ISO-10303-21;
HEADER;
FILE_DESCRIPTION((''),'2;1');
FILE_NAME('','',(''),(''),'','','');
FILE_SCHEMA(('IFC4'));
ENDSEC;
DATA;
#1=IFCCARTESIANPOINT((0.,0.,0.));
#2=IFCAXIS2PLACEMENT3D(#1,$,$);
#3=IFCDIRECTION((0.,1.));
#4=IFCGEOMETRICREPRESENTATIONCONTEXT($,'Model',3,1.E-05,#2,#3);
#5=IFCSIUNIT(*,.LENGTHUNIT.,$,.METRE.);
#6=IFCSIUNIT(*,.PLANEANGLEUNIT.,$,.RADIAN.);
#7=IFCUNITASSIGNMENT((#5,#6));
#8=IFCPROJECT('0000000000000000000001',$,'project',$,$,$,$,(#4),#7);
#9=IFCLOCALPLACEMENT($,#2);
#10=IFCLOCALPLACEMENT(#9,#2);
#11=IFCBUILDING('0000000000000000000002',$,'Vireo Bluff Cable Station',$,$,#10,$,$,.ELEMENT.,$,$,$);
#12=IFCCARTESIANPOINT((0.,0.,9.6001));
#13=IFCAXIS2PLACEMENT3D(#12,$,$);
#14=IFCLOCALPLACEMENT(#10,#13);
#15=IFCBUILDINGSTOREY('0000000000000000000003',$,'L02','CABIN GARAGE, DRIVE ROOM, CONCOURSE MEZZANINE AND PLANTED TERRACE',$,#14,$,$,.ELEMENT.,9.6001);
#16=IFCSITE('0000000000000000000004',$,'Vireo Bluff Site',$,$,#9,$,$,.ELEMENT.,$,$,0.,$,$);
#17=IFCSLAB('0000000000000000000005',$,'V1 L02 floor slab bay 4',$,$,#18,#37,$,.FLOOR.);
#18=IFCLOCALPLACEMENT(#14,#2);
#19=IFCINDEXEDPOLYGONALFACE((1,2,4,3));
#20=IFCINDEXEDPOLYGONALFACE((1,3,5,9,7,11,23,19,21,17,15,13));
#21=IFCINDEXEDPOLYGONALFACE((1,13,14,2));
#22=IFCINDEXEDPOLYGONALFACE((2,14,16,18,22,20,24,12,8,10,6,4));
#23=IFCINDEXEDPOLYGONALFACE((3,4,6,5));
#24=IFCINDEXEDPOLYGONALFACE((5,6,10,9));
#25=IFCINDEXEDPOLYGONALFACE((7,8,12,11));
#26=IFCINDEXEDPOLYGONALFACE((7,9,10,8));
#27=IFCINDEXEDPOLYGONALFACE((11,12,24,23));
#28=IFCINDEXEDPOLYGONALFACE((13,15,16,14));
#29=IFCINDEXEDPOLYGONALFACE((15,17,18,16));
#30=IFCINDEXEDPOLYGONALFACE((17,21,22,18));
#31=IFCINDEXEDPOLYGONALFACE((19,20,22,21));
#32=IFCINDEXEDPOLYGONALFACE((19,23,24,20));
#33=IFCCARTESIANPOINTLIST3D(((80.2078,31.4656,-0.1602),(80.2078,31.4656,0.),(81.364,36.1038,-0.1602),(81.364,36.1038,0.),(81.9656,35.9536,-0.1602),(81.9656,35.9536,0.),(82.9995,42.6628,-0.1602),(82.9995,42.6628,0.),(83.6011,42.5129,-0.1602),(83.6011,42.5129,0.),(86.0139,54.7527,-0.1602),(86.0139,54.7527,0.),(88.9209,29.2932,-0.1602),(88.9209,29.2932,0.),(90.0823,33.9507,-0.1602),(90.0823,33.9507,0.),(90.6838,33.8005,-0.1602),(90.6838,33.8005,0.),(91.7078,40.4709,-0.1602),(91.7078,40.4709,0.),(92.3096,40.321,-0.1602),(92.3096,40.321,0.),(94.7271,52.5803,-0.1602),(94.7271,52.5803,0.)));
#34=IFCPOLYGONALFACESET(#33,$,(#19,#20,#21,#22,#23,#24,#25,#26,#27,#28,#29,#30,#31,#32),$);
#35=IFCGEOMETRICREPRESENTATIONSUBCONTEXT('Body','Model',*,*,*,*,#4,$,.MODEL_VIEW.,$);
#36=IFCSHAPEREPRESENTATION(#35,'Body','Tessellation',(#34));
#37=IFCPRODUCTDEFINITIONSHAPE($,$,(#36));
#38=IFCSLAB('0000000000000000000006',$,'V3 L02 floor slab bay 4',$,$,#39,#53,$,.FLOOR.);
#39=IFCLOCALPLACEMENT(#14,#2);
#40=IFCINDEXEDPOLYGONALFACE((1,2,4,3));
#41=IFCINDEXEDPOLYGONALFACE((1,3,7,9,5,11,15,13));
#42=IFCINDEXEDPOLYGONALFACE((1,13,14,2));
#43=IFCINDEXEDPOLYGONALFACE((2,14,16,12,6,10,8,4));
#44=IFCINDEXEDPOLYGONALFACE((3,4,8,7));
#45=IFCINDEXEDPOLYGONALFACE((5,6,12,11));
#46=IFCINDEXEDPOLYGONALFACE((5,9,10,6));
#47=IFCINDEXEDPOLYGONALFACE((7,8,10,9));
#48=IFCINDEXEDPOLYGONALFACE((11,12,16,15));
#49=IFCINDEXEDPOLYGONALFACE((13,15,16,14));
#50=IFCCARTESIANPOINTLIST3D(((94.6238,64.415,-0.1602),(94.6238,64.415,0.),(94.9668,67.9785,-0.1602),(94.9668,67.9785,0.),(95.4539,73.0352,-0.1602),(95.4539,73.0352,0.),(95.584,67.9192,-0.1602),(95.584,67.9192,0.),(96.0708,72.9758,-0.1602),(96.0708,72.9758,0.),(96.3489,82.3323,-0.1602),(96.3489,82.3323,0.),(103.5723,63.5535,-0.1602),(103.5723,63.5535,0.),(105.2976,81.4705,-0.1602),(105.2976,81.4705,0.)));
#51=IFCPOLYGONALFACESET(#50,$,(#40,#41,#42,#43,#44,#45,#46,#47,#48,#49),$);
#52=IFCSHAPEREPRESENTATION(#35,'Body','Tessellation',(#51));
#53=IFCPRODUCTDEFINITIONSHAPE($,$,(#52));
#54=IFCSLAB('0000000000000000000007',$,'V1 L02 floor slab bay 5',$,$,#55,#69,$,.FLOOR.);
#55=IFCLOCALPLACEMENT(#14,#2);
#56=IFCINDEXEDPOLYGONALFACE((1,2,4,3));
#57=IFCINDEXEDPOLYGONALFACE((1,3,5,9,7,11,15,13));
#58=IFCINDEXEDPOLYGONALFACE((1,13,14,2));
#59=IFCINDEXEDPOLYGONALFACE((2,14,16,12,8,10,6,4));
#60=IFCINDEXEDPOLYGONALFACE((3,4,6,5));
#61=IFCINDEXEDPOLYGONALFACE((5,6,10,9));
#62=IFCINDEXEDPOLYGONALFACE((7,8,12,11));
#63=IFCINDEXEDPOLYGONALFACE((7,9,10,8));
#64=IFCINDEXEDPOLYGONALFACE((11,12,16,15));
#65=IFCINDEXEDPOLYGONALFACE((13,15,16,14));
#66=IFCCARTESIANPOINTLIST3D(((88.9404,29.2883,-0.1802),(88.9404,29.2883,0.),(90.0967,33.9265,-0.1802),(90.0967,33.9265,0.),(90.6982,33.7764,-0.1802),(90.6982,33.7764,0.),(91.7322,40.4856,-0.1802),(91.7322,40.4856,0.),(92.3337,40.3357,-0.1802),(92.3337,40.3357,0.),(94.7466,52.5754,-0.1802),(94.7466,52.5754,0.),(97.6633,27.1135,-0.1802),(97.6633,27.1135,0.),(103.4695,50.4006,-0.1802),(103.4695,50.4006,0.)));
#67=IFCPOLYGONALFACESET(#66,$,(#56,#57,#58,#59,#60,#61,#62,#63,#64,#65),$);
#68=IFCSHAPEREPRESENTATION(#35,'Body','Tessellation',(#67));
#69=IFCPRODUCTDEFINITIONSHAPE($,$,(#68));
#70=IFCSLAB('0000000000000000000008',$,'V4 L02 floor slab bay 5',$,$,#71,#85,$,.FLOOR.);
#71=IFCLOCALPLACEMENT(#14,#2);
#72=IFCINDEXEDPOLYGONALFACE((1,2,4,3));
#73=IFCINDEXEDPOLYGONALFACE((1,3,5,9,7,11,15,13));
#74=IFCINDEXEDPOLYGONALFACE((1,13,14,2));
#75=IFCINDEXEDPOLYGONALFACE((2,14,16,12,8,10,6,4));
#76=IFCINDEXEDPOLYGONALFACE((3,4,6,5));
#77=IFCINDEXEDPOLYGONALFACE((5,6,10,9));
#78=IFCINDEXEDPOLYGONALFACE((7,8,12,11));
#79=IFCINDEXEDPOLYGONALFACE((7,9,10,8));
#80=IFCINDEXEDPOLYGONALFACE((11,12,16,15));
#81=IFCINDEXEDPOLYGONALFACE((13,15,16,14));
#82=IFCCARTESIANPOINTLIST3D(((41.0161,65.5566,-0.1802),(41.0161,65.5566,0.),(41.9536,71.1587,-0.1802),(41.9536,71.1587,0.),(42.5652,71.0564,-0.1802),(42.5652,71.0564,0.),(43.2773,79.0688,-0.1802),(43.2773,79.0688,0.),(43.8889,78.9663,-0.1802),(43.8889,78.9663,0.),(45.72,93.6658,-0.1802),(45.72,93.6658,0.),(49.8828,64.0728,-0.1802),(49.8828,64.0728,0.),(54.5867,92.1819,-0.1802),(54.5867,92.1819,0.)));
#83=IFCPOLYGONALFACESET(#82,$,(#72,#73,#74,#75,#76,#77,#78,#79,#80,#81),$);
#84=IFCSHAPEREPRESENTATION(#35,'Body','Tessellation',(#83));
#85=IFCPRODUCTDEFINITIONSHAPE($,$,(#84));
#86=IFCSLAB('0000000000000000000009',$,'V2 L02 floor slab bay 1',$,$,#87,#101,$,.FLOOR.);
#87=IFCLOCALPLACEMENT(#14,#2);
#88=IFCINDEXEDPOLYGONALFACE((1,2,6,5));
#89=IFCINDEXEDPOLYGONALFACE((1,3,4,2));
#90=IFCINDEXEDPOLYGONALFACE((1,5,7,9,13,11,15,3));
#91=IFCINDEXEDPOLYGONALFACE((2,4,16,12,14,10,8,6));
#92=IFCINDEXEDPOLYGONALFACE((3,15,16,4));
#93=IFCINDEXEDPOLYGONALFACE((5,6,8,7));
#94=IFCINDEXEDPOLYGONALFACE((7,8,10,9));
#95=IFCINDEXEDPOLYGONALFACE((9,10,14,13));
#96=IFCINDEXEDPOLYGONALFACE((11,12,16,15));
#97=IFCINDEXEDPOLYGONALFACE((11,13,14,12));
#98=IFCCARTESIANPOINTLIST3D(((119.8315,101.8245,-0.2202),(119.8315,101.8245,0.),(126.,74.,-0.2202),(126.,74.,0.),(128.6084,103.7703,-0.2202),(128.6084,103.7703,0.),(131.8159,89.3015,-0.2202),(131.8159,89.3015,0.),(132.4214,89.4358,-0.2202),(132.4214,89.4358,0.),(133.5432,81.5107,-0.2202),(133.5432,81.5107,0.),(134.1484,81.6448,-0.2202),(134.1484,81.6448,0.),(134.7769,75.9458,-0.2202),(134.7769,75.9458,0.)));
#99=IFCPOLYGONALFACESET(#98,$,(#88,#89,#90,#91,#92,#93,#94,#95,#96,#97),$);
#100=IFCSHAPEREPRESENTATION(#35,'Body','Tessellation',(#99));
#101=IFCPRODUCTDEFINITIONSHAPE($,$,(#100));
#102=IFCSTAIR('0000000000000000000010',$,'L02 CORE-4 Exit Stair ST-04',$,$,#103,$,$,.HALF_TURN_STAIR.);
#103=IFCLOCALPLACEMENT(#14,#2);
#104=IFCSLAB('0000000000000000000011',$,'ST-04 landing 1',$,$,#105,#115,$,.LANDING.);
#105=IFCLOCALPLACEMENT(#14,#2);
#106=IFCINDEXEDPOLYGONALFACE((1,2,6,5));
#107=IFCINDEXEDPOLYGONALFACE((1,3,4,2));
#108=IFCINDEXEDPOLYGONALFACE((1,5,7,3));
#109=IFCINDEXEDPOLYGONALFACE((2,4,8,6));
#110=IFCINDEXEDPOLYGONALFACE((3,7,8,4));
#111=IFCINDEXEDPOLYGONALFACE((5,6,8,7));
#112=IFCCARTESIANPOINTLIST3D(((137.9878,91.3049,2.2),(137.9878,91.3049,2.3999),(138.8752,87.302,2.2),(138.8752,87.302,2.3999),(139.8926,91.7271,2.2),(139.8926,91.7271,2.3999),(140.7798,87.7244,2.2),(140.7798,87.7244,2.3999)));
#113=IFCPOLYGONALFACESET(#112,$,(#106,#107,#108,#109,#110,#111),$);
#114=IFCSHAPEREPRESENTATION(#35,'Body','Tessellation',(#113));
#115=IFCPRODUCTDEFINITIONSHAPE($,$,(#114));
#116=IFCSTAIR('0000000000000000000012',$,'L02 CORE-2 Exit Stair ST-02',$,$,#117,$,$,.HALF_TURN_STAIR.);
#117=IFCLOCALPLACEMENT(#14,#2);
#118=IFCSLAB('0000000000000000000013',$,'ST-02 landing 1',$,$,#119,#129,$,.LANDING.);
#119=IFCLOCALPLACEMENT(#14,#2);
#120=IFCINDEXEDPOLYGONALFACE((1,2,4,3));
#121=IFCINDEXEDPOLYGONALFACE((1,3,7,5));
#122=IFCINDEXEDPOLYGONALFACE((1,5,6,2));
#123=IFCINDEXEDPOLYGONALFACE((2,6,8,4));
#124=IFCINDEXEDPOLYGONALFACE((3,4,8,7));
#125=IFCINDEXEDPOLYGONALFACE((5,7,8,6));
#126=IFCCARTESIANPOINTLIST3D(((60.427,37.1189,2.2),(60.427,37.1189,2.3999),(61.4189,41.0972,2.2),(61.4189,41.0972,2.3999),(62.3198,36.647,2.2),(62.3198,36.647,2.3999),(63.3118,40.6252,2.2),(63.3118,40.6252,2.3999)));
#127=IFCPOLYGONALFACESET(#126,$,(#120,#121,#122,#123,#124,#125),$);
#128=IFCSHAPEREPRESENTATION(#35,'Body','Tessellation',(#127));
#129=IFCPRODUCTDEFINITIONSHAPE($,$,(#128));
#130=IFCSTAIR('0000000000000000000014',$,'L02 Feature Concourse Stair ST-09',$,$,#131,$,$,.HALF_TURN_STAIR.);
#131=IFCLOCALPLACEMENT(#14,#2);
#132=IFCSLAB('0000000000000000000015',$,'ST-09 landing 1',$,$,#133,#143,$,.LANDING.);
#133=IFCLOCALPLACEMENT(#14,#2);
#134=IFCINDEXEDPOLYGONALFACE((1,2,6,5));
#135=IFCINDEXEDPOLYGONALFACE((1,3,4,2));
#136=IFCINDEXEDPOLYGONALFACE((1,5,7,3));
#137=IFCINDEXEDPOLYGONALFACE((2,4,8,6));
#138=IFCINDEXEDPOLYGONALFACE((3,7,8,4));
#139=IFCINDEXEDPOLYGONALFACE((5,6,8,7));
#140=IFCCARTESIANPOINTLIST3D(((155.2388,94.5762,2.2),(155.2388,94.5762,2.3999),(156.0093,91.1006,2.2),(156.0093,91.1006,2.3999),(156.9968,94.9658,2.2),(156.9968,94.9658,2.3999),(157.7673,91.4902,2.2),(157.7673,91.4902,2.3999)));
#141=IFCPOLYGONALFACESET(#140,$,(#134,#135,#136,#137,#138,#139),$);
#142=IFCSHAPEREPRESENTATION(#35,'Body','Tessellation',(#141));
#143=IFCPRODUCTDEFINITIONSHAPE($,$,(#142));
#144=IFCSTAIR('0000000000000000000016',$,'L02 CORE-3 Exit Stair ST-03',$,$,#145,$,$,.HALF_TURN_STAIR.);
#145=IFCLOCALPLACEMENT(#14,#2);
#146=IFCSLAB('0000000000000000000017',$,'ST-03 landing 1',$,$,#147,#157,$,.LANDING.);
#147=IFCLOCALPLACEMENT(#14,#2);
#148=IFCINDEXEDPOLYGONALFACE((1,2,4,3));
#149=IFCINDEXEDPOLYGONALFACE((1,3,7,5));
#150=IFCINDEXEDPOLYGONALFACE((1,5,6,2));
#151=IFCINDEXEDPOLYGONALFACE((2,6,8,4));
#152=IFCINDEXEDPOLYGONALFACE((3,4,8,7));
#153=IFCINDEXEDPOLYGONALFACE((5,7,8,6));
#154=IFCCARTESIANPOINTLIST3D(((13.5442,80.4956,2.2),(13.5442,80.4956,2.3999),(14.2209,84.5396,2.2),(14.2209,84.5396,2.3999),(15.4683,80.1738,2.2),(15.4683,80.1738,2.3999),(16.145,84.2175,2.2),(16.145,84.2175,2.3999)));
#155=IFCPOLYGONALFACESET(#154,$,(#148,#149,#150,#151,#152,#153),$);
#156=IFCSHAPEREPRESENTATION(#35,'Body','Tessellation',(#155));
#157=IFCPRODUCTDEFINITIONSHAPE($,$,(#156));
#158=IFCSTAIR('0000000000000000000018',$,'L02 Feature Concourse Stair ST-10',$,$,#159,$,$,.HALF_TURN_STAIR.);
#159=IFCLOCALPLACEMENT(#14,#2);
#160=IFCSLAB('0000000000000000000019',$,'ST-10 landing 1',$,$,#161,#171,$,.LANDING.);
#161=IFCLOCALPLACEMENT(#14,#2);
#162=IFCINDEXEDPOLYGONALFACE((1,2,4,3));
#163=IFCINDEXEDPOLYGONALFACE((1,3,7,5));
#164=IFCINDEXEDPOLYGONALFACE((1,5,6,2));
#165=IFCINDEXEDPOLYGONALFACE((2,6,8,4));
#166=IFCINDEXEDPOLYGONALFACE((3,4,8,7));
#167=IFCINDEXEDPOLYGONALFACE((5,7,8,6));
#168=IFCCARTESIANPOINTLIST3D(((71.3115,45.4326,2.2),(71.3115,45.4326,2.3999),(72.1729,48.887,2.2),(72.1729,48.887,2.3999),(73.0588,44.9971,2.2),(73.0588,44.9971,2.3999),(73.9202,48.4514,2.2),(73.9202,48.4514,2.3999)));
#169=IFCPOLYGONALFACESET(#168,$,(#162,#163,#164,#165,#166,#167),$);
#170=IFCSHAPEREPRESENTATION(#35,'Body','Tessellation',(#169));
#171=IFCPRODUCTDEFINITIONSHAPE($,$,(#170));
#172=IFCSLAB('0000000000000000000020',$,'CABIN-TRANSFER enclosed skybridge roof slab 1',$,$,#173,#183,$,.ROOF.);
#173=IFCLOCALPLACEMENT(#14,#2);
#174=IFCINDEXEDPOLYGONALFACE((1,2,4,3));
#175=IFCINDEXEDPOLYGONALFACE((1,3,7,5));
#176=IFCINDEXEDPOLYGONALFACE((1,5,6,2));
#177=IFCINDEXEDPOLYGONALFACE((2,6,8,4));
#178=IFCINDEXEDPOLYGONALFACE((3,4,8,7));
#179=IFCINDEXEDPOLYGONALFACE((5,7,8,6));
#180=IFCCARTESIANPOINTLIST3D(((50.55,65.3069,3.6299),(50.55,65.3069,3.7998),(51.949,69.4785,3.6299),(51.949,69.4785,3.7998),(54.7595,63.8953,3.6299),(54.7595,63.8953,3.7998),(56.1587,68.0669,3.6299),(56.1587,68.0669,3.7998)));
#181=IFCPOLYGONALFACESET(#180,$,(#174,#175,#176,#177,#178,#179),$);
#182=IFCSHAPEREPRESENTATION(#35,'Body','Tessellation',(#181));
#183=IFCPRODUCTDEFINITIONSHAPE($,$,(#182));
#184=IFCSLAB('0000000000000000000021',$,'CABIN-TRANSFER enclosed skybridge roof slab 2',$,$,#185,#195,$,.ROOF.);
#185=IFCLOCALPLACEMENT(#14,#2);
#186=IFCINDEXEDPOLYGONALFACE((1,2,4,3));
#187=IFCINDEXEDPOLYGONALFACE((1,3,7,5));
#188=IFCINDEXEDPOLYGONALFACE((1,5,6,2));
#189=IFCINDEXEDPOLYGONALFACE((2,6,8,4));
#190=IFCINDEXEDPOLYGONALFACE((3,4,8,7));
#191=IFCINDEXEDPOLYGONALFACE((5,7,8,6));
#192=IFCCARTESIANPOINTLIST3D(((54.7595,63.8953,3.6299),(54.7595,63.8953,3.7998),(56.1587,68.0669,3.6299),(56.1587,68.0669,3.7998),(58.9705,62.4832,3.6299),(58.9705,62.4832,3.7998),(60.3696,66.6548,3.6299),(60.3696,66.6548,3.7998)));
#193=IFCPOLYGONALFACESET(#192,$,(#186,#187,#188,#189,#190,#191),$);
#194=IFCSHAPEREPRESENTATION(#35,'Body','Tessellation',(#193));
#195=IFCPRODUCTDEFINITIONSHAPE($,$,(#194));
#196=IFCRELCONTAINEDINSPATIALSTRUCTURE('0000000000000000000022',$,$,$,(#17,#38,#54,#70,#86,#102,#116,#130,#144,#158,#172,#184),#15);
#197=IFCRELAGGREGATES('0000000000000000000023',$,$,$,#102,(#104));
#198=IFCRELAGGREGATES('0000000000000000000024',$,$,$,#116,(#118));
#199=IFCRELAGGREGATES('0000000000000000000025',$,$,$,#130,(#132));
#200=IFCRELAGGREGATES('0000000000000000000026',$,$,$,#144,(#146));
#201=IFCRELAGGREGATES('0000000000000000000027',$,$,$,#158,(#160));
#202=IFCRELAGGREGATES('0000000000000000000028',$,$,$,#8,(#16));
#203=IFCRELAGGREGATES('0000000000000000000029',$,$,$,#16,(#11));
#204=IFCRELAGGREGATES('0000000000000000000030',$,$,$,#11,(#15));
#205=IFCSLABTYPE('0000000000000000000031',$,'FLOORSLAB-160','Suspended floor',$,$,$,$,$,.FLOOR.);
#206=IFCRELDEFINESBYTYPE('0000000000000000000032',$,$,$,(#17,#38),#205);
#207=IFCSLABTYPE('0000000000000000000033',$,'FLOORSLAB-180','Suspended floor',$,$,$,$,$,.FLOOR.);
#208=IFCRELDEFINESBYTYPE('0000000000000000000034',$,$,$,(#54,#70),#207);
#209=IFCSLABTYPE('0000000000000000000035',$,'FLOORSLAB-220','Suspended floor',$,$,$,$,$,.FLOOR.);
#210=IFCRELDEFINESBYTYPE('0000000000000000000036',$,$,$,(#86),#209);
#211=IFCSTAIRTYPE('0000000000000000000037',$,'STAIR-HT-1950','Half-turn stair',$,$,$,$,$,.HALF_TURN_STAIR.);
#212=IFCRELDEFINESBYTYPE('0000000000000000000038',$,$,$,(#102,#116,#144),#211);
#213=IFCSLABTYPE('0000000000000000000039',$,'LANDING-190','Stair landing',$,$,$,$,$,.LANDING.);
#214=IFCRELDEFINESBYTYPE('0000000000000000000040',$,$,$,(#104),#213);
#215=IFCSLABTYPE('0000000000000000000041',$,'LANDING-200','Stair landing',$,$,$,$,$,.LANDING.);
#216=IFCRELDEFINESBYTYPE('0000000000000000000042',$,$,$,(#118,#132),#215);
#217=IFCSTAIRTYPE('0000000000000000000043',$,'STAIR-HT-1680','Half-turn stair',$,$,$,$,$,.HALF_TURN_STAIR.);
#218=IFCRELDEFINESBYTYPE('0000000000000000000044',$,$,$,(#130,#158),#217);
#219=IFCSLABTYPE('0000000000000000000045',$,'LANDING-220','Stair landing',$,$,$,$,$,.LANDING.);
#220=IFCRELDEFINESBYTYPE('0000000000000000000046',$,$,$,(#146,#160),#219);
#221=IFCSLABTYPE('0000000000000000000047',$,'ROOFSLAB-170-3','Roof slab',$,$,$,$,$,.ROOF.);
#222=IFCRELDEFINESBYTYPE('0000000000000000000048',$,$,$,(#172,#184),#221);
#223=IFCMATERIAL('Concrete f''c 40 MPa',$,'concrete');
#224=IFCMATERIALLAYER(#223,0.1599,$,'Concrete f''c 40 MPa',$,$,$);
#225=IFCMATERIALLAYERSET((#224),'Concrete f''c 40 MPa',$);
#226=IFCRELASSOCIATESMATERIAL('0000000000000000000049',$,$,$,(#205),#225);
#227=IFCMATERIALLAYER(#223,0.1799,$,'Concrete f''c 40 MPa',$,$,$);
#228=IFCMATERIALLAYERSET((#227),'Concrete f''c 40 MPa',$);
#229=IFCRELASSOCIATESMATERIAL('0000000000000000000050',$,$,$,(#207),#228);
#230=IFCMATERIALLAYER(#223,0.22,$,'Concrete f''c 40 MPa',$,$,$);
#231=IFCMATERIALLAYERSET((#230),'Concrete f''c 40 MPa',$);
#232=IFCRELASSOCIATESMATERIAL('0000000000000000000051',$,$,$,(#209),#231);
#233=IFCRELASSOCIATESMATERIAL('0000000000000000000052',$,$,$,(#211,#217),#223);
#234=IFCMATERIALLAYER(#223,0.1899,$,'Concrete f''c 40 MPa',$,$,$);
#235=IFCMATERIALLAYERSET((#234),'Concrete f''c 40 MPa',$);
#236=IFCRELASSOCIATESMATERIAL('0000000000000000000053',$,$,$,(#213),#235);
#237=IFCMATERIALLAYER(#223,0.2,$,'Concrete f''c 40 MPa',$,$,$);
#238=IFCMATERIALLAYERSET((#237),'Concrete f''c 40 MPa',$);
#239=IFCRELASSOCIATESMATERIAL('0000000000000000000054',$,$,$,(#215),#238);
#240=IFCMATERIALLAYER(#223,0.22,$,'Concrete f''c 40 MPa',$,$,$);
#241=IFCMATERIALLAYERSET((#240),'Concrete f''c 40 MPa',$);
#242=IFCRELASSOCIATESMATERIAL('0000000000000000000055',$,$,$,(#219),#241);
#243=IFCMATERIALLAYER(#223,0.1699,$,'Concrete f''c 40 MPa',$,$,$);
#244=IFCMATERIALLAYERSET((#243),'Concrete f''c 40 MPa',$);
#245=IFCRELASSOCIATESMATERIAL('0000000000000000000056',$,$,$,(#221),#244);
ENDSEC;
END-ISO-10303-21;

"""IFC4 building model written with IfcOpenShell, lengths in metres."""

from ifc_helpers import new_model, si_unit, direction, frame, origin, place, context, subcontext, project, spatial, polyline, outline, extrude, material, layer, layer_set, type_object, element, aggregate, save


model = new_model("IFC4")

# Units and contexts
model_context = context("Model", 3, precision=1e-05, world=origin(), true_north=direction((0.0, 1.0)))
body_context = subcontext(model_context, "Body", "Model", "MODEL_VIEW")
ifc_project = project(units=[si_unit("LENGTHUNIT", "METRE"), si_unit("PLANEANGLEUNIT", "RADIAN")], contexts=[model_context])

# Site, building, storey
site_placement = place(None, origin())
site = spatial("IfcSite", under=ifc_project, at=site_placement, Name="Vireo Bluff Site", CompositionType="ELEMENT", RefElevation=0.0)
building_placement = place(site_placement, origin())
building = spatial("IfcBuilding", under=site, at=building_placement, Name="Vireo Bluff Cable Station", CompositionType="ELEMENT")
storey_placement = place(building_placement, frame((0.0, 0.0, 9.6001)))
storey = spatial("IfcBuildingStorey", under=building, at=storey_placement, Name="L02", Description="CABIN GARAGE, DRIVE ROOM, CONCOURSE MEZZANINE AND PLANTED TERRACE", CompositionType="ELEMENT", Elevation=9.6001)

# Slabs
ifc_material_1 = material(Name="Concrete f'c 40 MPa", Category="concrete")
ifc_layer_1 = layer(ifc_material_1, 0.1599, Name="Concrete f'c 40 MPa")
ifc_layer_set_1 = layer_set([ifc_layer_1], Name="Concrete f'c 40 MPa")
slab_type_1 = type_object("IfcSlabType", Name="FLOORSLAB-160", Description="Suspended floor", PredefinedType="FLOOR", material=ifc_layer_set_1)
slab_1_placement = place(storey_placement, frame((0.0, 0.0, -0.1602)))
element("IfcSlab", 1, at=slab_1_placement, inside=storey, type_object=slab_type_1, Name="V1 L02 floor slab bay 4", PredefinedType="FLOOR", context=body_context, shape_type="SweptSolid", body=[
    extrude(outline(polyline([(80.2078, 31.4656), (88.9209, 29.2932), (90.0823, 33.9507), (90.6838, 33.8005), (92.3096, 40.321), (91.7078, 40.4709), (94.7271, 52.5803), (86.0139, 54.7527), (82.9995, 42.6628), (83.6011, 42.5129), (81.9656, 35.9536), (81.364, 36.1038), (80.2078, 31.4656)])), origin(), (0.0, 0.0, 1.0), 0.1602),
])
slab_2_placement = place(storey_placement, frame((0.0, 0.0, -0.1602)))
element("IfcSlab", 2, at=slab_2_placement, inside=storey, type_object=slab_type_1, Name="V3 L02 floor slab bay 4", PredefinedType="FLOOR", context=body_context, shape_type="SweptSolid", body=[
    extrude(outline(polyline([(94.6238, 64.415), (103.5723, 63.5535), (105.2976, 81.4705), (96.3489, 82.3323), (95.4539, 73.0352), (96.0708, 72.9758), (95.584, 67.9192), (94.9668, 67.9785), (94.6238, 64.415)])), origin(), (0.0, 0.0, 1.0), 0.1602),
])
ifc_layer_2 = layer(ifc_material_1, 0.1799, Name="Concrete f'c 40 MPa")
ifc_layer_set_2 = layer_set([ifc_layer_2], Name="Concrete f'c 40 MPa")
slab_type_2 = type_object("IfcSlabType", Name="FLOORSLAB-180", Description="Suspended floor", PredefinedType="FLOOR", material=ifc_layer_set_2)
slab_3_placement = place(storey_placement, frame((0.0, 0.0, -0.1802)))
element("IfcSlab", 3, at=slab_3_placement, inside=storey, type_object=slab_type_2, Name="V1 L02 floor slab bay 5", PredefinedType="FLOOR", context=body_context, shape_type="SweptSolid", body=[
    extrude(outline(polyline([(88.9404, 29.2883), (97.6633, 27.1135), (103.4695, 50.4006), (94.7466, 52.5754), (91.7322, 40.4856), (92.3337, 40.3357), (90.6982, 33.7764), (90.0967, 33.9265), (88.9404, 29.2883)])), origin(), (0.0, 0.0, 1.0), 0.1802),
])
slab_4_placement = place(storey_placement, frame((0.0, 0.0, -0.1802)))
element("IfcSlab", 4, at=slab_4_placement, inside=storey, type_object=slab_type_2, Name="V4 L02 floor slab bay 5", PredefinedType="FLOOR", context=body_context, shape_type="SweptSolid", body=[
    extrude(outline(polyline([(41.0161, 65.5566), (49.8828, 64.0728), (54.5867, 92.1819), (45.72, 93.6658), (43.2773, 79.0688), (43.8889, 78.9663), (42.5652, 71.0564), (41.9536, 71.1587), (41.0161, 65.5566)])), origin(), (0.0, 0.0, 1.0), 0.1802),
])
ifc_layer_3 = layer(ifc_material_1, 0.22, Name="Concrete f'c 40 MPa")
ifc_layer_set_3 = layer_set([ifc_layer_3], Name="Concrete f'c 40 MPa")
slab_type_3 = type_object("IfcSlabType", Name="FLOORSLAB-220", Description="Suspended floor", PredefinedType="FLOOR", material=ifc_layer_set_3)
slab_5_placement = place(storey_placement, frame((0.0, 0.0, -0.2202)))
element("IfcSlab", 5, at=slab_5_placement, inside=storey, type_object=slab_type_3, Name="V2 L02 floor slab bay 1", PredefinedType="FLOOR", context=body_context, shape_type="SweptSolid", body=[
    extrude(outline(polyline([(126.0, 74.0), (134.7769, 75.9458), (133.5432, 81.5107), (134.1484, 81.6448), (132.4214, 89.4358), (131.8159, 89.3015), (128.6084, 103.7703), (119.8315, 101.8245), (126.0, 74.0)])), origin(), (0.0, 0.0, 1.0), 0.2202),
])

# Stairs, slabs
stair_type_1 = type_object("IfcStairType", Name="STAIR-HT-1950", Description="Half-turn stair", PredefinedType="HALF_TURN_STAIR", material=ifc_material_1)
stair_1_placement = place(storey_placement, origin())
stair_1 = element("IfcStair", 6, at=stair_1_placement, inside=storey, type_object=stair_type_1, Name="L02 CORE-4 Exit Stair ST-04", PredefinedType="HALF_TURN_STAIR")
ifc_layer_4 = layer(ifc_material_1, 0.1899, Name="Concrete f'c 40 MPa")
ifc_layer_set_4 = layer_set([ifc_layer_4], Name="Concrete f'c 40 MPa")
slab_type_4 = type_object("IfcSlabType", Name="LANDING-190", Description="Stair landing", PredefinedType="LANDING", material=ifc_layer_set_4)
slab_6_placement = place(storey_placement, frame((0.0, 0.0, 2.2)))
slab_6 = element("IfcSlab", 7, at=slab_6_placement, type_object=slab_type_4, Name="ST-04 landing 1", PredefinedType="LANDING", context=body_context, shape_type="SweptSolid", body=[
    extrude(outline(polyline([(138.8752, 87.302), (140.7798, 87.7244), (139.8926, 91.7271), (137.9878, 91.3049), (138.8752, 87.302)])), origin(), (0.0, 0.0, 1.0), 0.2),
])
aggregate(stair_1, [slab_6])
stair_2_placement = place(storey_placement, origin())
stair_2 = element("IfcStair", 8, at=stair_2_placement, inside=storey, type_object=stair_type_1, Name="L02 CORE-2 Exit Stair ST-02", PredefinedType="HALF_TURN_STAIR")
ifc_layer_5 = layer(ifc_material_1, 0.2, Name="Concrete f'c 40 MPa")
ifc_layer_set_5 = layer_set([ifc_layer_5], Name="Concrete f'c 40 MPa")
slab_type_5 = type_object("IfcSlabType", Name="LANDING-200", Description="Stair landing", PredefinedType="LANDING", material=ifc_layer_set_5)
slab_7_placement = place(storey_placement, frame((0.0, 0.0, 2.2)))
slab_7 = element("IfcSlab", 9, at=slab_7_placement, type_object=slab_type_5, Name="ST-02 landing 1", PredefinedType="LANDING", context=body_context, shape_type="SweptSolid", body=[
    extrude(outline(polyline([(60.427, 37.1189), (62.3198, 36.647), (63.3118, 40.6252), (61.4189, 41.0972), (60.427, 37.1189)])), origin(), (0.0, 0.0, 1.0), 0.2),
])
aggregate(stair_2, [slab_7])
stair_type_2 = type_object("IfcStairType", Name="STAIR-HT-1680", Description="Half-turn stair", PredefinedType="HALF_TURN_STAIR", material=ifc_material_1)
stair_3_placement = place(storey_placement, origin())
stair_3 = element("IfcStair", 10, at=stair_3_placement, inside=storey, type_object=stair_type_2, Name="L02 Feature Concourse Stair ST-09", PredefinedType="HALF_TURN_STAIR")
slab_8_placement = place(storey_placement, frame((0.0, 0.0, 2.2)))
slab_8 = element("IfcSlab", 11, at=slab_8_placement, type_object=slab_type_5, Name="ST-09 landing 1", PredefinedType="LANDING", context=body_context, shape_type="SweptSolid", body=[
    extrude(outline(polyline([(156.0093, 91.1006), (157.7673, 91.4902), (156.9968, 94.9658), (155.2388, 94.5762), (156.0093, 91.1006)])), origin(), (0.0, 0.0, 1.0), 0.2),
])
aggregate(stair_3, [slab_8])
stair_4_placement = place(storey_placement, origin())
stair_4 = element("IfcStair", 12, at=stair_4_placement, inside=storey, type_object=stair_type_1, Name="L02 CORE-3 Exit Stair ST-03", PredefinedType="HALF_TURN_STAIR")
ifc_layer_6 = layer(ifc_material_1, 0.22, Name="Concrete f'c 40 MPa")
ifc_layer_set_6 = layer_set([ifc_layer_6], Name="Concrete f'c 40 MPa")
slab_type_6 = type_object("IfcSlabType", Name="LANDING-220", Description="Stair landing", PredefinedType="LANDING", material=ifc_layer_set_6)
slab_9_placement = place(storey_placement, frame((0.0, 0.0, 2.2)))
slab_9 = element("IfcSlab", 13, at=slab_9_placement, type_object=slab_type_6, Name="ST-03 landing 1", PredefinedType="LANDING", context=body_context, shape_type="SweptSolid", body=[
    extrude(outline(polyline([(13.5442, 80.4956), (15.4683, 80.1738), (16.145, 84.2175), (14.2209, 84.5396), (13.5442, 80.4956)])), origin(), (0.0, 0.0, 1.0), 0.2),
])
aggregate(stair_4, [slab_9])
stair_5_placement = place(storey_placement, origin())
stair_5 = element("IfcStair", 14, at=stair_5_placement, inside=storey, type_object=stair_type_2, Name="L02 Feature Concourse Stair ST-10", PredefinedType="HALF_TURN_STAIR")
slab_10_placement = place(storey_placement, frame((0.0, 0.0, 2.2)))
slab_10 = element("IfcSlab", 15, at=slab_10_placement, type_object=slab_type_6, Name="ST-10 landing 1", PredefinedType="LANDING", context=body_context, shape_type="SweptSolid", body=[
    extrude(outline(polyline([(71.3115, 45.4326), (73.0588, 44.9971), (73.9202, 48.4514), (72.1729, 48.887), (71.3115, 45.4326)])), origin(), (0.0, 0.0, 1.0), 0.2),
])
aggregate(stair_5, [slab_10])

# Slabs
ifc_layer_7 = layer(ifc_material_1, 0.1699, Name="Concrete f'c 40 MPa")
ifc_layer_set_7 = layer_set([ifc_layer_7], Name="Concrete f'c 40 MPa")
slab_type_7 = type_object("IfcSlabType", Name="ROOFSLAB-170-3", Description="Roof slab", PredefinedType="ROOF", material=ifc_layer_set_7)
slab_11_placement = place(storey_placement, frame((0.0, 0.0, 3.6299)))
element("IfcSlab", 16, at=slab_11_placement, inside=storey, type_object=slab_type_7, Name="CABIN-TRANSFER enclosed skybridge roof slab 1", PredefinedType="ROOF", context=body_context, shape_type="SweptSolid", body=[
    extrude(outline(polyline([(50.55, 65.3069), (54.7595, 63.8953), (56.1587, 68.0669), (51.949, 69.4785), (50.55, 65.3069)])), origin(), (0.0, 0.0, 1.0), 0.1699),
])
slab_12_placement = place(storey_placement, frame((0.0, 0.0, 3.6299)))
element("IfcSlab", 17, at=slab_12_placement, inside=storey, type_object=slab_type_7, Name="CABIN-TRANSFER enclosed skybridge roof slab 2", PredefinedType="ROOF", context=body_context, shape_type="SweptSolid", body=[
    extrude(outline(polyline([(54.7595, 63.8953), (58.9705, 62.4832), (60.3696, 66.6548), (56.1587, 68.0669), (54.7595, 63.8953)])), origin(), (0.0, 0.0, 1.0), 0.1699),
])

save(model, "model.ifc")
